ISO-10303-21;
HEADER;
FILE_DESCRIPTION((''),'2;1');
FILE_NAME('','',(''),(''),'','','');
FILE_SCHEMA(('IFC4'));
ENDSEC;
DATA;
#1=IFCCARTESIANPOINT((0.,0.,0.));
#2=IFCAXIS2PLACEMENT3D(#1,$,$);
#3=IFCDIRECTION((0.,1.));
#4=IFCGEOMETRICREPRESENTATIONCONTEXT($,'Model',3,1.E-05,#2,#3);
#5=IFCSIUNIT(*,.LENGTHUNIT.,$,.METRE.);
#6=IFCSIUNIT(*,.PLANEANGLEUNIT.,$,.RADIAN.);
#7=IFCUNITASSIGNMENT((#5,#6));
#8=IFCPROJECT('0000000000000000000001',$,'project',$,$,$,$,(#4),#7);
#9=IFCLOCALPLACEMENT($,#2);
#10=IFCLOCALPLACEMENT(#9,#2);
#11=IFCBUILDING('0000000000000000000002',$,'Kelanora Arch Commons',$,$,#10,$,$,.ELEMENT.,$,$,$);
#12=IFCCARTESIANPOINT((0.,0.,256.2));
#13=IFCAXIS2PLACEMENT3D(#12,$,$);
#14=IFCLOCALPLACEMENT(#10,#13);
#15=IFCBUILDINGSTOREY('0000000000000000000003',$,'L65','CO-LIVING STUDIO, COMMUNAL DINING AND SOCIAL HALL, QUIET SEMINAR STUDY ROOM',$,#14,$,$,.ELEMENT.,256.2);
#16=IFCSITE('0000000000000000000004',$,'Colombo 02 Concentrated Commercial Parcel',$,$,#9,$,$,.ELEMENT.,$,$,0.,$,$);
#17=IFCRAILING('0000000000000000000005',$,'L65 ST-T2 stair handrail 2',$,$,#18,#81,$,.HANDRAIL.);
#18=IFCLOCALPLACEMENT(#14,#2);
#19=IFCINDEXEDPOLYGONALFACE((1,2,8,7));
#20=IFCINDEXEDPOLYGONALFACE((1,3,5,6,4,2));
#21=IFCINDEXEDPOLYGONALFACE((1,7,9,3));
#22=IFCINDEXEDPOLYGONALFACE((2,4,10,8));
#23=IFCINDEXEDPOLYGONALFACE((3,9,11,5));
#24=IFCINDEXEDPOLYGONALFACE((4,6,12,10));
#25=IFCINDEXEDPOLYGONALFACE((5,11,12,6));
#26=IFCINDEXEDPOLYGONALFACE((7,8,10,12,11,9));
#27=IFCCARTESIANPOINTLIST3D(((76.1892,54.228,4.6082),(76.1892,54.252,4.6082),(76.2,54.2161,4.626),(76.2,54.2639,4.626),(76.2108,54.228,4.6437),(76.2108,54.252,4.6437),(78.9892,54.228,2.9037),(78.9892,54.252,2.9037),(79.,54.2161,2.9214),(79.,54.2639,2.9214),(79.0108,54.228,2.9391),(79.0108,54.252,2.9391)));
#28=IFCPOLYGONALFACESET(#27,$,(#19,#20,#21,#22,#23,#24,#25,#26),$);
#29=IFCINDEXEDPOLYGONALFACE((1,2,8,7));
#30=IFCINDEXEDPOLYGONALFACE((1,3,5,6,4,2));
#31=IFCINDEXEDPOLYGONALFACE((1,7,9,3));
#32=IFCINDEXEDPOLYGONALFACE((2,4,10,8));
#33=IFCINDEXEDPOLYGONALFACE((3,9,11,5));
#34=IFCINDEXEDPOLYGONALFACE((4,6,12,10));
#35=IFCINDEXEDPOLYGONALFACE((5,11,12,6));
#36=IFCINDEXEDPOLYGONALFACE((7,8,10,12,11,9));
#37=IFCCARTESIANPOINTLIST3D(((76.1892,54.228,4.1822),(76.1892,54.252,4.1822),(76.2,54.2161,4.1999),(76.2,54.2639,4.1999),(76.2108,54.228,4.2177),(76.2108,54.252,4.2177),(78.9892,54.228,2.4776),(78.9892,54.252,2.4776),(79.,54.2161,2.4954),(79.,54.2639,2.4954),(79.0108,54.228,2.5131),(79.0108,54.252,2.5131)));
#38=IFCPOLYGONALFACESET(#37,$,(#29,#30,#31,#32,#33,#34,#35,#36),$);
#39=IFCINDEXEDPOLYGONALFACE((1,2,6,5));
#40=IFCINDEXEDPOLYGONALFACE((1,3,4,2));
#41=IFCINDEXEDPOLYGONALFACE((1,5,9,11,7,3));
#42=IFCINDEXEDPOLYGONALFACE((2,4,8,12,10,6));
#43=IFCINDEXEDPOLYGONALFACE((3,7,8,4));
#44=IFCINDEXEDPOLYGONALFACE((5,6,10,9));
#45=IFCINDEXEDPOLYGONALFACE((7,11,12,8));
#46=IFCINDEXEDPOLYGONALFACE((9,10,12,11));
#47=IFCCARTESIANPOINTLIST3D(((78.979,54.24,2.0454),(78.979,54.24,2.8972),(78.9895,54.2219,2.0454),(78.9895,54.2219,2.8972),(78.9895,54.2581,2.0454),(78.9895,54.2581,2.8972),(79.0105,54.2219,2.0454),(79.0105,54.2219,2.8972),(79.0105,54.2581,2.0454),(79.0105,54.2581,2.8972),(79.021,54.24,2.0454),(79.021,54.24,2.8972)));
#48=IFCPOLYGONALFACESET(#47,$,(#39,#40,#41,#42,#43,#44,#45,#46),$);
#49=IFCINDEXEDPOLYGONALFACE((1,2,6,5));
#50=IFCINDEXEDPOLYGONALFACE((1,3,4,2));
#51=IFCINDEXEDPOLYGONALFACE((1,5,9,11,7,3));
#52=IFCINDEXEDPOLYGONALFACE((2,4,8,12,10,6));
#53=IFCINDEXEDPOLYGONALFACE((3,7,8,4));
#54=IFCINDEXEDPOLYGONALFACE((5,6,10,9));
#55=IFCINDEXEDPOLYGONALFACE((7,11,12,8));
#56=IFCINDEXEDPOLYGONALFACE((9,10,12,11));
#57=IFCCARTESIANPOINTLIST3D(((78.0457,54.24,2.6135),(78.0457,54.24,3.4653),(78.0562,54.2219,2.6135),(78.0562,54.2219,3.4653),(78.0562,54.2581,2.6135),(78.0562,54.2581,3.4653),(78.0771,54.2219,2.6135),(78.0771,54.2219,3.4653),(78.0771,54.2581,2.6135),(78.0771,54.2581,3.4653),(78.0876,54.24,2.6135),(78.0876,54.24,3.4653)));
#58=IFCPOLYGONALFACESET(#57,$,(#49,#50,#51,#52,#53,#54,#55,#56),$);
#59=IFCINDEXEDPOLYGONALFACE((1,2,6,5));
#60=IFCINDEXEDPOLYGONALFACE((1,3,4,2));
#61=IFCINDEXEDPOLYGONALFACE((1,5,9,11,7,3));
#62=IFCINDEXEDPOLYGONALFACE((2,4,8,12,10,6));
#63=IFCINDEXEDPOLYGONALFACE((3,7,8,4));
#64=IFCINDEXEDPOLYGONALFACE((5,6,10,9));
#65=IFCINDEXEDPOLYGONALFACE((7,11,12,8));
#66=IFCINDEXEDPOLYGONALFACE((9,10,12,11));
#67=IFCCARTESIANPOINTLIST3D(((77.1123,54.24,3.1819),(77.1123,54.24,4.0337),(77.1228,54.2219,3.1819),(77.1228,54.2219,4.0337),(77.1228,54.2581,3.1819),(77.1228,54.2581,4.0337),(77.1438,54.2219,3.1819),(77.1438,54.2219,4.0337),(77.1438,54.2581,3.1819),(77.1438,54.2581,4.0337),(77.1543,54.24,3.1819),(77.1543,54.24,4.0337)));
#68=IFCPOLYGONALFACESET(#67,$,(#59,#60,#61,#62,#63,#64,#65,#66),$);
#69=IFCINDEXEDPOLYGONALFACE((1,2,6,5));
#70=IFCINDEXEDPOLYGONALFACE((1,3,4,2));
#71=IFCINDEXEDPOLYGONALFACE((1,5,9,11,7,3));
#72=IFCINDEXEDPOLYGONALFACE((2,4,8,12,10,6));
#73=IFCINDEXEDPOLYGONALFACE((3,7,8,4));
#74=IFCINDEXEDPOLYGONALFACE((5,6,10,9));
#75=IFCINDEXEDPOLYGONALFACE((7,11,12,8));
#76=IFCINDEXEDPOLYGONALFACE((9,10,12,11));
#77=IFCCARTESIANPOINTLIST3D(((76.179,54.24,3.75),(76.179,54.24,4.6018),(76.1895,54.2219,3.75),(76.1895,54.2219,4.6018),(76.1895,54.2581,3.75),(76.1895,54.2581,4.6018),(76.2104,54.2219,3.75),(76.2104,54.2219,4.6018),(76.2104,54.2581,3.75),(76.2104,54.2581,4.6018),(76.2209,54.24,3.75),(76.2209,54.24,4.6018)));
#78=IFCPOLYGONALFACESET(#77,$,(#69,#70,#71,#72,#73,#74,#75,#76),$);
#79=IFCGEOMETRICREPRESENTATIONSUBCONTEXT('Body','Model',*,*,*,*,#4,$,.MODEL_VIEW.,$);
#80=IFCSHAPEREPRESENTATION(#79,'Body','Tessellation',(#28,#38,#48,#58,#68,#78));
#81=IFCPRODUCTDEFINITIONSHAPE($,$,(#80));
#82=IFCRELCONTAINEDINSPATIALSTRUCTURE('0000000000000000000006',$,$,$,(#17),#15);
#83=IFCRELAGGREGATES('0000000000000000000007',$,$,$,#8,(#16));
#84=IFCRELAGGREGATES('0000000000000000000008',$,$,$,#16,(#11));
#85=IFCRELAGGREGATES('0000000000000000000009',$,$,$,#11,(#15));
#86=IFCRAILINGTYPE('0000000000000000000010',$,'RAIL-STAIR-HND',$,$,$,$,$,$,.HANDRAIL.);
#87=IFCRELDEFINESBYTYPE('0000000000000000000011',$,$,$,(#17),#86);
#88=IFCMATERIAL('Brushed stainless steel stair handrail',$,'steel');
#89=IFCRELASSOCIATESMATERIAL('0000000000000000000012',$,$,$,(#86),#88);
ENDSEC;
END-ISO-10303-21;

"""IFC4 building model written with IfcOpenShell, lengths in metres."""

from ifc_helpers import new_model, si_unit, direction, frame, origin, place, context, subcontext, project, spatial, polyline, outline, extrude, material, type_object, element, save


model = new_model("IFC4")

# Units and contexts
model_context = context("Model", 3, precision=1e-05, world=origin(), true_north=direction((0.0, 1.0)))
body_context = subcontext(model_context, "Body", "Model", "MODEL_VIEW")
ifc_project = project(units=[si_unit("LENGTHUNIT", "METRE"), si_unit("PLANEANGLEUNIT", "RADIAN")], contexts=[model_context])

# Site, building, storey
site_placement = place(None, origin())
site = spatial("IfcSite", under=ifc_project, at=site_placement, Name="Colombo 02 Concentrated Commercial Parcel", CompositionType="ELEMENT", RefElevation=0.0)
building_placement = place(site_placement, origin())
building = spatial("IfcBuilding", under=site, at=building_placement, Name="Kelanora Arch Commons", CompositionType="ELEMENT")
storey_placement = place(building_placement, frame((0.0, 0.0, 256.2)))
storey = spatial("IfcBuildingStorey", under=building, at=storey_placement, Name="L65", Description="CO-LIVING STUDIO, COMMUNAL DINING AND SOCIAL HALL, QUIET SEMINAR STUDY ROOM", CompositionType="ELEMENT", Elevation=256.2)

# Railing
ifc_material_1 = material(Name="Brushed stainless steel stair handrail", Category="steel")
railing_type_1 = type_object("IfcRailingType", Name="RAIL-STAIR-HND", PredefinedType="HANDRAIL", material=ifc_material_1)
railing_1_placement = place(storey_placement, frame((79.0, 54.24, 2.0454)))
element("IfcRailing", 1, at=railing_1_placement, inside=storey, type_object=railing_type_1, Name="L65 ST-T2 stair handrail 2", PredefinedType="HANDRAIL", context=body_context, shape_type="SweptSolid", body=[
    extrude(outline(polyline([(0.0239, 0.0), (0.012, 0.0208), (-0.012, 0.0208), (-0.0239, 0.0), (-0.012, -0.0208), (0.012, -0.0208), (0.0239, 0.0)])), frame((0.0, 0.0, 0.876), z_axis=(-0.85417, 0.0, 0.519994), x_axis=(0.0, -1.0, 0.0)), (0.0, 0.0, 1.0), 3.2781),
    extrude(outline(polyline([(0.0239, 0.0), (0.012, 0.0208), (-0.012, 0.0208), (-0.0239, 0.0), (-0.012, -0.0208), (0.012, -0.0208), (0.0239, 0.0)])), frame((0.0, 0.0, 0.45), z_axis=(-0.85417, 0.0, 0.519994), x_axis=(0.0, -1.0, 0.0)), (0.0, 0.0, 1.0), 3.2781),
    extrude(outline(polyline([(0.021, 0.0), (0.0105, 0.0181), (-0.0105, 0.0181), (-0.021, 0.0), (-0.0105, -0.0181), (0.0105, -0.0181), (0.021, 0.0)])), origin(), (0.0, 0.0, 1.0), 0.8518),
    extrude(outline(polyline([(0.021, 0.0), (0.0105, 0.0181), (-0.0105, 0.0181), (-0.021, 0.0), (-0.0105, -0.0181), (0.0105, -0.0181), (0.021, 0.0)])), frame((-0.9333, 0.0, 0.5681)), (0.0, 0.0, 1.0), 0.8518),
    extrude(outline(polyline([(0.021, 0.0), (0.0105, 0.0181), (-0.0105, 0.0181), (-0.021, 0.0), (-0.0105, -0.0181), (0.0105, -0.0181), (0.021, 0.0)])), frame((-1.8667, 0.0, 1.1365)), (0.0, 0.0, 1.0), 0.8518),
    extrude(outline(polyline([(0.021, 0.0), (0.0105, 0.0181), (-0.0105, 0.0181), (-0.021, 0.0), (-0.0105, -0.0181), (0.0105, -0.0181), (0.021, 0.0)])), frame((-2.8, 0.0, 1.7046)), (0.0, 0.0, 1.0), 0.8518),
])

save(model, "model.ifc")
